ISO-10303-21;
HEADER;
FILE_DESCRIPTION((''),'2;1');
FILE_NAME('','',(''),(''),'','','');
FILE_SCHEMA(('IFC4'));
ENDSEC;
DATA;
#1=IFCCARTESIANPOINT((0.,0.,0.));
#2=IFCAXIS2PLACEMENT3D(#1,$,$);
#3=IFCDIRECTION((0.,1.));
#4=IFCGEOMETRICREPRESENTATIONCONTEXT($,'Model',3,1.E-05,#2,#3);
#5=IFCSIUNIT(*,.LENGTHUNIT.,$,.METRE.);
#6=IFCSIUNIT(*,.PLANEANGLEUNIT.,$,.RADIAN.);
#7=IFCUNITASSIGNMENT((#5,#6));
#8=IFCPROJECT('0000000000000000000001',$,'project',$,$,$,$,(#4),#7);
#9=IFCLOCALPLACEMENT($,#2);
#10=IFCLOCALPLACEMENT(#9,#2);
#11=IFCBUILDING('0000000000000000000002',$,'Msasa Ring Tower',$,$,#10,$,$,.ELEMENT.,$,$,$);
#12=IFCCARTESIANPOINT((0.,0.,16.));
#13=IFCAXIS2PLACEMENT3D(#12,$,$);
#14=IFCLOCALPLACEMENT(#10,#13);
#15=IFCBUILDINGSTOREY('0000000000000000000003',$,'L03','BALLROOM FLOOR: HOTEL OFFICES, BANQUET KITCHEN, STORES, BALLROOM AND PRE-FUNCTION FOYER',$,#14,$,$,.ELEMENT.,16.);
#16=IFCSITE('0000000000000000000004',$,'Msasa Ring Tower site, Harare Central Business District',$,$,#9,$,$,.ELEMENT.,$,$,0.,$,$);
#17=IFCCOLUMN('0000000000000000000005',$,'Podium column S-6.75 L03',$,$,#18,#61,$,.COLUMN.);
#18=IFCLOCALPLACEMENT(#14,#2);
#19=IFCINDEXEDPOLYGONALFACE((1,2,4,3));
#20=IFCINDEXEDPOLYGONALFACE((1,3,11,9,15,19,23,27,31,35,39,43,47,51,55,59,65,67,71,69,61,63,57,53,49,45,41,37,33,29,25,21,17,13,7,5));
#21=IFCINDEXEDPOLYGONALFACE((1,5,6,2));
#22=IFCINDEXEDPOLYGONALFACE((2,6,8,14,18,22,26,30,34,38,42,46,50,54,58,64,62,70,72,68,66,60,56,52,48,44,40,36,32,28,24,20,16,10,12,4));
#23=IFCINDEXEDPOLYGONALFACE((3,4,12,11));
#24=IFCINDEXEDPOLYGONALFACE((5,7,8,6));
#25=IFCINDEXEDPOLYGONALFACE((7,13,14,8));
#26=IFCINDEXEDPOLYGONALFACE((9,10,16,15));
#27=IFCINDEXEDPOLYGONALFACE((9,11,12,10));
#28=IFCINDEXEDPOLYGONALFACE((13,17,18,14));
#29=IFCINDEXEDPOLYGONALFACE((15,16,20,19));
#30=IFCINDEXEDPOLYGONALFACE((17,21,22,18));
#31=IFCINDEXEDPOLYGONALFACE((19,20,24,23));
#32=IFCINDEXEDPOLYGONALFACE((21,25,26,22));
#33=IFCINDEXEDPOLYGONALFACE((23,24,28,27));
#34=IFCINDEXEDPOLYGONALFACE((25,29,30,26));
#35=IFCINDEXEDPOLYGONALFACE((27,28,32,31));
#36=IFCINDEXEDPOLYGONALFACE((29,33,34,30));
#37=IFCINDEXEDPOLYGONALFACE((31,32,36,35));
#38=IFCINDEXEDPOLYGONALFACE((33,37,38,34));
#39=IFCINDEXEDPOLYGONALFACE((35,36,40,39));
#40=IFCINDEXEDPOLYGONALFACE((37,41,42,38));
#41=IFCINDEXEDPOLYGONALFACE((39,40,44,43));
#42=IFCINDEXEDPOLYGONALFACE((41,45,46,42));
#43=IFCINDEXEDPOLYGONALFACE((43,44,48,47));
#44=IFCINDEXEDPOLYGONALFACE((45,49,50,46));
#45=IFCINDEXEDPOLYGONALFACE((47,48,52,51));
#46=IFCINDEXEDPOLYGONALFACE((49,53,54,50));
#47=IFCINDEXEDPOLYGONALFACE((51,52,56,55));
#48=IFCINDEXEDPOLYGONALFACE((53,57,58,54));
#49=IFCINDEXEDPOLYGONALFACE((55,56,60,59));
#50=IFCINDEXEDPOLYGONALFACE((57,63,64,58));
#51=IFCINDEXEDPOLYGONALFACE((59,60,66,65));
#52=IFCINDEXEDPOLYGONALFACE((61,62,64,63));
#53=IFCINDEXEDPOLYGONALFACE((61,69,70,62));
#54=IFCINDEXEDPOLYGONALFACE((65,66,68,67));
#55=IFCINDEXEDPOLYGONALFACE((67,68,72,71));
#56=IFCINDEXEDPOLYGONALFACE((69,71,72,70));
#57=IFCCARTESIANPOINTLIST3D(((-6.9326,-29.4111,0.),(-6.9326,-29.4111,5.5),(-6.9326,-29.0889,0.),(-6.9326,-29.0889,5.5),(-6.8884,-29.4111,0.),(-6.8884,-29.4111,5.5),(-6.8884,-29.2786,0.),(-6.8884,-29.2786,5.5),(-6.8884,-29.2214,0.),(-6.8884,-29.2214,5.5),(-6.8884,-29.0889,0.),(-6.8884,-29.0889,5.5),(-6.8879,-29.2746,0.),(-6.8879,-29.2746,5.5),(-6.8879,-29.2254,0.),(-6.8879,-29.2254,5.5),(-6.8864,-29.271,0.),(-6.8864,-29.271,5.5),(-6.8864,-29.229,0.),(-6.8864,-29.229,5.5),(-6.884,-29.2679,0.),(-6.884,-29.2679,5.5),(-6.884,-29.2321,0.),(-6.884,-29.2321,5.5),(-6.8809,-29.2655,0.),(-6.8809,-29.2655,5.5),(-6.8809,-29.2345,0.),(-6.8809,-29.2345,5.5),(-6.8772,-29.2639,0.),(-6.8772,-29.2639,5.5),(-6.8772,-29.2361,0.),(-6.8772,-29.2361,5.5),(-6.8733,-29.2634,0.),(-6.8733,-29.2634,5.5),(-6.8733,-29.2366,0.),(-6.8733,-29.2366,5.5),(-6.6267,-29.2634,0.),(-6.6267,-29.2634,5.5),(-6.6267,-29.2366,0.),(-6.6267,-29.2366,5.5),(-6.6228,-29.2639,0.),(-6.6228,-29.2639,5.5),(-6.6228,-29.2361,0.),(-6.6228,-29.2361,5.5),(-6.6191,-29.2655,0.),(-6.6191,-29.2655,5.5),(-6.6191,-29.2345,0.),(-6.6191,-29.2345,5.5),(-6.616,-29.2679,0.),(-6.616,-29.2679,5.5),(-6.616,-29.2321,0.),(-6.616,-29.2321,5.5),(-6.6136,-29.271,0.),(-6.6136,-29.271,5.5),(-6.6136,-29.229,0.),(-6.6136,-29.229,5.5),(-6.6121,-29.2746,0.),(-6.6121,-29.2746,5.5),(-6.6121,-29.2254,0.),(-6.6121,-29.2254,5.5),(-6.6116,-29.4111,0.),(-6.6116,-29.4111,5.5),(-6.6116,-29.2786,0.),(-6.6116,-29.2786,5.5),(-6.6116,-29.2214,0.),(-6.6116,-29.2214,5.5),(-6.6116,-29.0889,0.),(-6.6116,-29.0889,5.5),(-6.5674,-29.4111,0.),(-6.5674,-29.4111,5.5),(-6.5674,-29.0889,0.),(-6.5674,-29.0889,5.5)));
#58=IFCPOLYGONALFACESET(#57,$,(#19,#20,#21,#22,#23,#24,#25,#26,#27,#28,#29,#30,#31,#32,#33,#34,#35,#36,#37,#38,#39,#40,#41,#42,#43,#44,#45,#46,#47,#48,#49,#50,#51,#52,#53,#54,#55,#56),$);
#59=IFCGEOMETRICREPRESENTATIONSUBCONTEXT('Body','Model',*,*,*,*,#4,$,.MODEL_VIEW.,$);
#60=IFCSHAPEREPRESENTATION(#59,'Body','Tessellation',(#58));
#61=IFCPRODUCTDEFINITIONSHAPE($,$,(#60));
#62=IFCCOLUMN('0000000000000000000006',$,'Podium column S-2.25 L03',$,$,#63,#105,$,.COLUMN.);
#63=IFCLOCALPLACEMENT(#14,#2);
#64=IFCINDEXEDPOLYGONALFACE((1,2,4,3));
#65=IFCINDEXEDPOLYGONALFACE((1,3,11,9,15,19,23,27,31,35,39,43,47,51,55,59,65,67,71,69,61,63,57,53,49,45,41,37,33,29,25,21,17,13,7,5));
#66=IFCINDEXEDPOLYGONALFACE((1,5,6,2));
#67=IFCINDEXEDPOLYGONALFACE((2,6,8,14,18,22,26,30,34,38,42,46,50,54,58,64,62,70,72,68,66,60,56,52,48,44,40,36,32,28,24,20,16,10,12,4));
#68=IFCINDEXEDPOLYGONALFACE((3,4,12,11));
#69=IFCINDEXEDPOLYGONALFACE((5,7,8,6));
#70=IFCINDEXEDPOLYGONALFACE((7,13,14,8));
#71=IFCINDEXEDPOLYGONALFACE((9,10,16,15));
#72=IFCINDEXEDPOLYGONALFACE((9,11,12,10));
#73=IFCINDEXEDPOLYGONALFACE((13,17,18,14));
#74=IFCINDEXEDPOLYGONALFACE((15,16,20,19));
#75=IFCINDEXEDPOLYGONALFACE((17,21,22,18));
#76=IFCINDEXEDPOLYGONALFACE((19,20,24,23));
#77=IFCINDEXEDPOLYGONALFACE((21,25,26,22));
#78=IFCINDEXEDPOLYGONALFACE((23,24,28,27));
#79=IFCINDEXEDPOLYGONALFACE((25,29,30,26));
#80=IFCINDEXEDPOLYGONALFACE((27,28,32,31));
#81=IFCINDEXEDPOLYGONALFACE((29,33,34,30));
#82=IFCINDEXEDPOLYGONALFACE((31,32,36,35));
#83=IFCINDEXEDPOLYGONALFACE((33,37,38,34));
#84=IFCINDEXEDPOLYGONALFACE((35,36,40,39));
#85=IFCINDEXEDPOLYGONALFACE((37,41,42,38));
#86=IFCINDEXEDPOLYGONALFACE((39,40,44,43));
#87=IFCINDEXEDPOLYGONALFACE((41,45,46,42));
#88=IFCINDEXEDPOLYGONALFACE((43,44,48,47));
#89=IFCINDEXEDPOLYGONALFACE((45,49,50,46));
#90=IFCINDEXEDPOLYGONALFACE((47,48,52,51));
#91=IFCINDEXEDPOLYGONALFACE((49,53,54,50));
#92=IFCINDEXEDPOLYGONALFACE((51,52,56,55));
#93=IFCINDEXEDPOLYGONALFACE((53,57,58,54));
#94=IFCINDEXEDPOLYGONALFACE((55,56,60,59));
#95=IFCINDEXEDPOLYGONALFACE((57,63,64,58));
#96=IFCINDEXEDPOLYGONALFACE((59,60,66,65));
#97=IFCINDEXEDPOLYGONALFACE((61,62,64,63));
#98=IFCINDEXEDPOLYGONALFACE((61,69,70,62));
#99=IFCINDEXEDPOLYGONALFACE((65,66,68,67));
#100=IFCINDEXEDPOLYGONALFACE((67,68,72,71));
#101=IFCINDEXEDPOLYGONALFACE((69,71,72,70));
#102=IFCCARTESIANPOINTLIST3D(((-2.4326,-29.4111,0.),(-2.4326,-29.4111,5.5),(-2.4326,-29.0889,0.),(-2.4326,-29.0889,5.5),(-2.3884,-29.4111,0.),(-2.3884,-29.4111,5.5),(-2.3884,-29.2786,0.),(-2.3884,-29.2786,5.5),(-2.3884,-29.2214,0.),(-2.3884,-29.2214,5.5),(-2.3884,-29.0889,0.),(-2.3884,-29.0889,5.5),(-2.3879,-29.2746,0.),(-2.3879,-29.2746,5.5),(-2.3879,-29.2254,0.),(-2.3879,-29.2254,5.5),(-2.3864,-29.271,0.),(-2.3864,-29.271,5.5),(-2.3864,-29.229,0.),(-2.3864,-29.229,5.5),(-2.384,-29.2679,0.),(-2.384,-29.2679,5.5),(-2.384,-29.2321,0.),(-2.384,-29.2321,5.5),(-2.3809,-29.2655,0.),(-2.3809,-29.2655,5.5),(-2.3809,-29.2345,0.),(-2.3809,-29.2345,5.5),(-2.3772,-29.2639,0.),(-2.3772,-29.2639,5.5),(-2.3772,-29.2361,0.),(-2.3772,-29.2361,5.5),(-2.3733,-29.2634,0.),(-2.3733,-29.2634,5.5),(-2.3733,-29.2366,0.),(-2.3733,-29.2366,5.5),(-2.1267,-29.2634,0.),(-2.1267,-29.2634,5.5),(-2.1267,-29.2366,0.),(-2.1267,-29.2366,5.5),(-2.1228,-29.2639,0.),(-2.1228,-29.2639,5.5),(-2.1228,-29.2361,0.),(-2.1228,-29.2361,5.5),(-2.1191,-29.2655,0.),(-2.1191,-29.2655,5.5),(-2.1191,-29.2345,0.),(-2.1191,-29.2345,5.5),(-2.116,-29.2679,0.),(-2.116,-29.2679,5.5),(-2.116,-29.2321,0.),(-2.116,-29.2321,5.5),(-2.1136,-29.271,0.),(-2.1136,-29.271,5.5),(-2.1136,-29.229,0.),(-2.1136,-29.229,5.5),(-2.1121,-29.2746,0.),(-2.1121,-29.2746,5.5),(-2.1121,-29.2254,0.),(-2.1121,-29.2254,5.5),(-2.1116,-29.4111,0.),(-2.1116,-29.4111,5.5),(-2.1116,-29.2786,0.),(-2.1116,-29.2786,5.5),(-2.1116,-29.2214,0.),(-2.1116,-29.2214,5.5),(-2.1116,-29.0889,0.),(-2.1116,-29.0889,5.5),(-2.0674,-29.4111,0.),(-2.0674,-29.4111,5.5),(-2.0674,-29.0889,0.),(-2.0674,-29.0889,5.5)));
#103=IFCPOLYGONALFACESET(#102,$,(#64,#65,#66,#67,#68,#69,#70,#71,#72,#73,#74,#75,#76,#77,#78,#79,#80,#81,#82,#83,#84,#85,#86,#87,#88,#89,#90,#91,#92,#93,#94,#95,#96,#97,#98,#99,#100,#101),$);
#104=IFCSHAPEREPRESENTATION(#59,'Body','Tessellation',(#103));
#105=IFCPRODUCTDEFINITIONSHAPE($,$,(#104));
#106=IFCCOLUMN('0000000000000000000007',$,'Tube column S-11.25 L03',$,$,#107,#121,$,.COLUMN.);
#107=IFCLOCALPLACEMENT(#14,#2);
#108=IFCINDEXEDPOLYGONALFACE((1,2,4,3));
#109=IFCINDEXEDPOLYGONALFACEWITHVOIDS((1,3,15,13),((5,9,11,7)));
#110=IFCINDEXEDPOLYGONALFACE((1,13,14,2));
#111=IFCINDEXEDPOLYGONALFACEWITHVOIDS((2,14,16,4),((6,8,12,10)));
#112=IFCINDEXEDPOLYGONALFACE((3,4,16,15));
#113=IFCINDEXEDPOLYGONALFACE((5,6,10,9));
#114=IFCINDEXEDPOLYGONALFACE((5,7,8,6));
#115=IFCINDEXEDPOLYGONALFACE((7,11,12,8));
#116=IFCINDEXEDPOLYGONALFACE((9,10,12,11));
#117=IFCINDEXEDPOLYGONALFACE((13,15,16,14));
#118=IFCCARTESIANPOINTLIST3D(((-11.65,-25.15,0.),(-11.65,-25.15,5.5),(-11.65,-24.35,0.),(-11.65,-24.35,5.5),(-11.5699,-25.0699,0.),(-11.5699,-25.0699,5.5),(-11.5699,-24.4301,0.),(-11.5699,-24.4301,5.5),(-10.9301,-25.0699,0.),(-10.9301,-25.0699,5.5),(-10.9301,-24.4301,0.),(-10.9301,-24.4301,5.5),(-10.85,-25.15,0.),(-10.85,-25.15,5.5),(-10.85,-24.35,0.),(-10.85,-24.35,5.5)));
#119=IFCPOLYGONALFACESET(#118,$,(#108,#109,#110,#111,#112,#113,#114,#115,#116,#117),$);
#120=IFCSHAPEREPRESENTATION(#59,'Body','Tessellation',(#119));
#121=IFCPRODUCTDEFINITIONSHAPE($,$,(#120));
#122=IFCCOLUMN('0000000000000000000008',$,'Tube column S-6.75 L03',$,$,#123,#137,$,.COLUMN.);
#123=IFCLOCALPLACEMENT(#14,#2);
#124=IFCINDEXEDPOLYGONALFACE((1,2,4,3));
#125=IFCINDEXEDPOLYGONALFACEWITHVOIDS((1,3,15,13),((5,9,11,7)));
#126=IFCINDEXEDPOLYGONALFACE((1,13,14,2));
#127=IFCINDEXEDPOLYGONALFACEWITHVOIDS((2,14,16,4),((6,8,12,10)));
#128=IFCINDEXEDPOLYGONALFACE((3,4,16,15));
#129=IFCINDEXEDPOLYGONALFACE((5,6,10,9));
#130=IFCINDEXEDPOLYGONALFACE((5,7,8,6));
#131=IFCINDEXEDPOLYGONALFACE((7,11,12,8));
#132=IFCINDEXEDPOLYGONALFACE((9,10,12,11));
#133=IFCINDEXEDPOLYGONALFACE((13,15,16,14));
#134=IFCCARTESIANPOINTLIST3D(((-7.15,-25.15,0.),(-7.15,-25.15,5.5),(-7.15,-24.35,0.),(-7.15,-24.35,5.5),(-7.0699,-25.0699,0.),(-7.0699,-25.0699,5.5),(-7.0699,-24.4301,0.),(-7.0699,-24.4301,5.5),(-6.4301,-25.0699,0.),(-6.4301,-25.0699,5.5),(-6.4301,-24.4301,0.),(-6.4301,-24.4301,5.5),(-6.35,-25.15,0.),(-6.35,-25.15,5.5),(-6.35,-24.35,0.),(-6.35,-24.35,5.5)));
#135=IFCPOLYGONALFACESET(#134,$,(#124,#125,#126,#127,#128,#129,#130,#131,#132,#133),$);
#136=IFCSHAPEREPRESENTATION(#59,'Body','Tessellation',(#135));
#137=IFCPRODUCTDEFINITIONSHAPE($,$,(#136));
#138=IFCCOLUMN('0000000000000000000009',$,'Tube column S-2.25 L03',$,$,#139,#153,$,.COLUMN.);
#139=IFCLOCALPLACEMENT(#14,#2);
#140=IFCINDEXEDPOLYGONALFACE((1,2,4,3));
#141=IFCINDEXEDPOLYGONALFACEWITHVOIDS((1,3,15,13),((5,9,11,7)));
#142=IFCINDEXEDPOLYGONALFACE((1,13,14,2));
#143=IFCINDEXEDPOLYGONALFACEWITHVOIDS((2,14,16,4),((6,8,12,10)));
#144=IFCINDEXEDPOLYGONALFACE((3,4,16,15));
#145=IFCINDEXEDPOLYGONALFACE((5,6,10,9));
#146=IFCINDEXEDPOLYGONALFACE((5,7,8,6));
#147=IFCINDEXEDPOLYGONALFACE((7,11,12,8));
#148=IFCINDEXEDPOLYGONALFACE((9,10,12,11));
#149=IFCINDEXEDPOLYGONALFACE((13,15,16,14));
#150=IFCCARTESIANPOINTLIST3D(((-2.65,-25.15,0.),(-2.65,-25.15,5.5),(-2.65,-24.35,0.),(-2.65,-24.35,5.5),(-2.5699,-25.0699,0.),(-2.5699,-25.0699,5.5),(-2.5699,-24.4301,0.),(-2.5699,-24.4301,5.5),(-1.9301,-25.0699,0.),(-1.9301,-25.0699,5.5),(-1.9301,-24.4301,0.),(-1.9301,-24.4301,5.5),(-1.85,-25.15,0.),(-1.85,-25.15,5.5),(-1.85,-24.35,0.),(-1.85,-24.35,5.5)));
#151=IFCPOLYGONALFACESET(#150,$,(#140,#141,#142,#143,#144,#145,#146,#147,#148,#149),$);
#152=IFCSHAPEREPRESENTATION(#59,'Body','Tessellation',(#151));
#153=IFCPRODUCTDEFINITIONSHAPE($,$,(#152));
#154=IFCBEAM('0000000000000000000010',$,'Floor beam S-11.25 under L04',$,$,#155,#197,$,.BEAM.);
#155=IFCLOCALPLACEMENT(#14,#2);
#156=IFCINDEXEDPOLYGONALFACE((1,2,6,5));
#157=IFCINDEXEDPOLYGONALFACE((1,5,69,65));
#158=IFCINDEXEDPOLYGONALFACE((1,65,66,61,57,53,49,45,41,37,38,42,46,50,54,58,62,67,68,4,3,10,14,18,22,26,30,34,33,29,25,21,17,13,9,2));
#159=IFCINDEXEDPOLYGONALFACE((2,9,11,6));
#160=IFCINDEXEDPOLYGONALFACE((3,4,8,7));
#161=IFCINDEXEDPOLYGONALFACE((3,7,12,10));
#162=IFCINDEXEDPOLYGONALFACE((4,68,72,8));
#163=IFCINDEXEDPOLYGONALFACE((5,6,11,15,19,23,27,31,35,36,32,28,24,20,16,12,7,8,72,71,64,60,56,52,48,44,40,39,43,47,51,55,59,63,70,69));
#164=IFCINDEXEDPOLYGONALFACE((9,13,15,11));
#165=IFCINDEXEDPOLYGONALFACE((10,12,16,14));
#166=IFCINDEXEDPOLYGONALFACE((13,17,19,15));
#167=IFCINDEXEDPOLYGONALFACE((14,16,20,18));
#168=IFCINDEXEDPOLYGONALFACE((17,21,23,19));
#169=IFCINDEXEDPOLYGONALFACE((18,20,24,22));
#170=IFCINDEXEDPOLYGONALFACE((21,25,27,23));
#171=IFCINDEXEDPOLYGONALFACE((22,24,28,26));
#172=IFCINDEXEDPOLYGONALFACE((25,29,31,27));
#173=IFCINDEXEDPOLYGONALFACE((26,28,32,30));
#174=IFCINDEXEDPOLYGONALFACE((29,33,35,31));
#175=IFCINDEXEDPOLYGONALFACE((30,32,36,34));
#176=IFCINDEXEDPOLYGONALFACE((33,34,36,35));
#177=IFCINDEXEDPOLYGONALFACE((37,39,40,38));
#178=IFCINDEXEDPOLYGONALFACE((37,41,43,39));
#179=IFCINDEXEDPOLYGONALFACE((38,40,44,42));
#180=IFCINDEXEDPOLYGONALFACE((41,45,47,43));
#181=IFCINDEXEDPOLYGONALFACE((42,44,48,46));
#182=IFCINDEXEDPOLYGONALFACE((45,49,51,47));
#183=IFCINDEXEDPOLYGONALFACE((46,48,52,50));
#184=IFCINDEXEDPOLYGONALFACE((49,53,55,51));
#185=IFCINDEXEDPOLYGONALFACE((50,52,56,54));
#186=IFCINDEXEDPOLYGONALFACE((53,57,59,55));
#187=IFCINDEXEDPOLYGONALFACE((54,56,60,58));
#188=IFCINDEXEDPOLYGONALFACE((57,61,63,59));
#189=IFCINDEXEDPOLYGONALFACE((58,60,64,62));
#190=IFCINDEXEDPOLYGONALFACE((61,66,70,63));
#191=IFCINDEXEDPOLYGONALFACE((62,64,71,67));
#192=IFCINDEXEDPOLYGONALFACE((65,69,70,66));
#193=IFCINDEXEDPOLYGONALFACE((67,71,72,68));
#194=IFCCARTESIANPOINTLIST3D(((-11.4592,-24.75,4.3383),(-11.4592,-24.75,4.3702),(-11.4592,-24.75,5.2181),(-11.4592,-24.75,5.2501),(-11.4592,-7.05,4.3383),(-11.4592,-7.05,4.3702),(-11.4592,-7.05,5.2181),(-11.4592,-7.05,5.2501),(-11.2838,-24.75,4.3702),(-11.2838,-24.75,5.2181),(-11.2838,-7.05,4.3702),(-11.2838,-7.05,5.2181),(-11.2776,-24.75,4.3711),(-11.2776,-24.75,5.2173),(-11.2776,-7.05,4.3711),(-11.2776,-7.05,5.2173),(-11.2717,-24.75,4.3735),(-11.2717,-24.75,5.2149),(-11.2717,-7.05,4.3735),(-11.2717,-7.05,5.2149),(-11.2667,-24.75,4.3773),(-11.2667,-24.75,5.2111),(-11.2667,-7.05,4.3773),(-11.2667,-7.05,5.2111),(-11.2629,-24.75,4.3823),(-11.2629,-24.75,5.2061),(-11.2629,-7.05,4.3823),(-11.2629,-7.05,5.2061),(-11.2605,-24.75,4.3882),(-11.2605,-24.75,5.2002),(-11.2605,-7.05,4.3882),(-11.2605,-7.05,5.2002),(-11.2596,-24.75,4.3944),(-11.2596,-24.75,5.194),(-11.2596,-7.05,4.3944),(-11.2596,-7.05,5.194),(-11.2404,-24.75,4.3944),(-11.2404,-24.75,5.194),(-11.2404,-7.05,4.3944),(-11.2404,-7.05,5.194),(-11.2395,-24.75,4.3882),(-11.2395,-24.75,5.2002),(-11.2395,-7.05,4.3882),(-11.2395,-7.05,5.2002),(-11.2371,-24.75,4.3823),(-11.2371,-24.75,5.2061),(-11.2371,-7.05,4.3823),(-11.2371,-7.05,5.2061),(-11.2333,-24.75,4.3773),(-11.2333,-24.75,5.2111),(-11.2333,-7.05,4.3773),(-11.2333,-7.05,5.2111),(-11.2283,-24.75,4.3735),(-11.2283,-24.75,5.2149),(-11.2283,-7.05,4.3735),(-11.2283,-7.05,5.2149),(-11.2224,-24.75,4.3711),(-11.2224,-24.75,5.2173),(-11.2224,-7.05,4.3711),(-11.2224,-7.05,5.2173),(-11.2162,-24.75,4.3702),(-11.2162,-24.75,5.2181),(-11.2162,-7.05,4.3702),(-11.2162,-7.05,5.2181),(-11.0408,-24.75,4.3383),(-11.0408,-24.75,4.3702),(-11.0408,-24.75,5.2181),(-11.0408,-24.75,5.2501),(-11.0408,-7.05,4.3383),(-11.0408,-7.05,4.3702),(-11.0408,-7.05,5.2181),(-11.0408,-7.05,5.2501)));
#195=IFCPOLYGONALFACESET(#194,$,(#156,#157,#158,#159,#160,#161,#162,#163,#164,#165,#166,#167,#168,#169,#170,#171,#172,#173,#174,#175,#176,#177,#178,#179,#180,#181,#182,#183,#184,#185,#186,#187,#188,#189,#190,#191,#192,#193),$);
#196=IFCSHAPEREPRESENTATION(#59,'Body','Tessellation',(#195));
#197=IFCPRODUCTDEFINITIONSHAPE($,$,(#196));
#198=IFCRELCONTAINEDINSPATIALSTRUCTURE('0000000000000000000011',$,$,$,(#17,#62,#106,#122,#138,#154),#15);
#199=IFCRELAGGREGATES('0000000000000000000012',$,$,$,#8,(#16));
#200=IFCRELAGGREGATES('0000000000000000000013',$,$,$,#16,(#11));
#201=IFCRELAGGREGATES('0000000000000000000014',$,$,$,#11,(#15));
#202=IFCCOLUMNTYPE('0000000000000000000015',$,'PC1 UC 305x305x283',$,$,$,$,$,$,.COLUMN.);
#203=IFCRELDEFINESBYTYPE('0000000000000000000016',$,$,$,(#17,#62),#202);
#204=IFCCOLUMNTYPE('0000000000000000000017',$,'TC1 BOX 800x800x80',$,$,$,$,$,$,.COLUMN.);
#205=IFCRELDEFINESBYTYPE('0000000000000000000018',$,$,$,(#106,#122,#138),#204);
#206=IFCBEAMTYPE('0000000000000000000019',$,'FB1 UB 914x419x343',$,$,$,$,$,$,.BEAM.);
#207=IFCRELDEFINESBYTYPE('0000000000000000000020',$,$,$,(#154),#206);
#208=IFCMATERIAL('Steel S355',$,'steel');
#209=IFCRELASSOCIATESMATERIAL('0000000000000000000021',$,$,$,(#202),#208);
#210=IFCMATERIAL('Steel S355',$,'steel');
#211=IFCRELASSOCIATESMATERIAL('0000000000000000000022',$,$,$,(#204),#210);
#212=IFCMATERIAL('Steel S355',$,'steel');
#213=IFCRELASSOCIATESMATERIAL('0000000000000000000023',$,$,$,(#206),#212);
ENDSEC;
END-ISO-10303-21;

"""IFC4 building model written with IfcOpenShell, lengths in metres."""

from ifc_helpers import new_model, si_unit, direction, frame, origin, origin_2d, place, context, subcontext, project, spatial, hollow_rectangle, i_section, extrude, material, material_profile, profile_set, type_object, element, save


model = new_model("IFC4")

# Units and contexts
model_context = context("Model", 3, precision=1e-05, world=origin(), true_north=direction((0.0, 1.0)))
body_context = subcontext(model_context, "Body", "Model", "MODEL_VIEW")
ifc_project = project(units=[si_unit("LENGTHUNIT", "METRE"), si_unit("PLANEANGLEUNIT", "RADIAN")], contexts=[model_context])

# Site, building, storey
site_placement = place(None, origin())
site = spatial("IfcSite", under=ifc_project, at=site_placement, Name="Msasa Ring Tower site, Harare Central Business District", CompositionType="ELEMENT", RefElevation=0.0)
building_placement = place(site_placement, origin())
building = spatial("IfcBuilding", under=site, at=building_placement, Name="Msasa Ring Tower", CompositionType="ELEMENT")
storey_placement = place(building_placement, frame((0.0, 0.0, 16.0)))
storey = spatial("IfcBuildingStorey", under=building, at=storey_placement, Name="L03", Description="BALLROOM FLOOR: HOTEL OFFICES, BANQUET KITCHEN, STORES, BALLROOM AND PRE-FUNCTION FOYER", CompositionType="ELEMENT", Elevation=16.0)

# Columns
ifc_material_1 = material(Name="Steel S355", Category="steel")
ifc_material_profile_1 = material_profile(ifc_material_1, i_section(OverallWidth=0.3223, OverallDepth=0.3652, WebThickness=0.0269, FlangeThickness=0.0442, FilletRadius=0.0151, at=origin_2d()), Name="UC 305x305x283")
ifc_profile_set_1 = profile_set([ifc_material_profile_1], Name="Steel S355")
column_type_1 = type_object("IfcColumnType", Name="PC1 UC 305x305x283", PredefinedType="COLUMN", material=ifc_profile_set_1)
for number, where, z_axis, x_axis, name in (
    (1, (-6.75, -29.25, 0.0), (0.0, 0.0, 1.0), (0.0, 1.0, 0.0), "Podium column S-6.75 L03"),
    (2, (-2.25, -29.25, 0.0), (0.0, 0.0, 1.0), (0.0, 1.0, 0.0), "Podium column S-2.25 L03"),
):
    element("IfcColumn", number, at=place(storey_placement, frame(where, z_axis=z_axis, x_axis=x_axis)), inside=storey, type_object=column_type_1, Name=name, PredefinedType="COLUMN", context=body_context, shape_type="SweptSolid", body=[
        extrude(i_section(OverallWidth=0.3223, OverallDepth=0.3652, WebThickness=0.0269, FlangeThickness=0.0442, FilletRadius=0.0151, at=origin_2d()), origin(), (0.0, 0.0, 1.0), 5.5),
    ])
ifc_material_2 = material(Name="Steel S355", Category="steel")
ifc_material_profile_2 = material_profile(ifc_material_2, hollow_rectangle(XDim=0.8, YDim=0.8, WallThickness=0.0801, at=origin_2d()), Name="BOX 800x800x80")
ifc_profile_set_2 = profile_set([ifc_material_profile_2], Name="Steel S355")
column_type_2 = type_object("IfcColumnType", Name="TC1 BOX 800x800x80", PredefinedType="COLUMN", material=ifc_profile_set_2)
for number, where, z_axis, x_axis, name in (
    (3, (-11.25, -24.75, 0.0), (0.0, 0.0, 1.0), (0.0, 1.0, 0.0), "Tube column S-11.25 L03"),
    (4, (-6.75, -24.75, 0.0), (0.0, 0.0, 1.0), (0.0, 1.0, 0.0), "Tube column S-6.75 L03"),
    (5, (-2.25, -24.75, 0.0), (0.0, 0.0, 1.0), (0.0, 1.0, 0.0), "Tube column S-2.25 L03"),
):
    element("IfcColumn", number, at=place(storey_placement, frame(where, z_axis=z_axis, x_axis=x_axis)), inside=storey, type_object=column_type_2, Name=name, PredefinedType="COLUMN", context=body_context, shape_type="SweptSolid", body=[
        extrude(hollow_rectangle(XDim=0.8, YDim=0.8, WallThickness=0.0801, at=origin_2d()), origin(), (0.0, 0.0, 1.0), 5.5),
    ])

# Beam
ifc_material_3 = material(Name="Steel S355", Category="steel")
ifc_material_profile_3 = material_profile(ifc_material_3, i_section(OverallWidth=0.4185, OverallDepth=0.9119, WebThickness=0.0193, FlangeThickness=0.032, FilletRadius=0.0242, at=origin_2d()), Name="UB 914x419x343")
ifc_profile_set_3 = profile_set([ifc_material_profile_3], Name="Steel S355")
beam_type_1 = type_object("IfcBeamType", Name="FB1 UB 914x419x343", PredefinedType="BEAM", material=ifc_profile_set_3)
beam_1_placement = place(storey_placement, frame((-11.25, -24.75, 4.7942), z_axis=(0.0, 1.0, 0.0), x_axis=(-1.0, 0.0, 0.0)))
element("IfcBeam", 6, at=beam_1_placement, inside=storey, type_object=beam_type_1, Name="Floor beam S-11.25 under L04", PredefinedType="BEAM", context=body_context, shape_type="SweptSolid", body=[
    extrude(i_section(OverallWidth=0.4185, OverallDepth=0.9119, WebThickness=0.0193, FlangeThickness=0.032, FilletRadius=0.0242, at=origin_2d()), origin(), (0.0, 0.0, 1.0), 17.7),
])

save(model, "model.ifc")
